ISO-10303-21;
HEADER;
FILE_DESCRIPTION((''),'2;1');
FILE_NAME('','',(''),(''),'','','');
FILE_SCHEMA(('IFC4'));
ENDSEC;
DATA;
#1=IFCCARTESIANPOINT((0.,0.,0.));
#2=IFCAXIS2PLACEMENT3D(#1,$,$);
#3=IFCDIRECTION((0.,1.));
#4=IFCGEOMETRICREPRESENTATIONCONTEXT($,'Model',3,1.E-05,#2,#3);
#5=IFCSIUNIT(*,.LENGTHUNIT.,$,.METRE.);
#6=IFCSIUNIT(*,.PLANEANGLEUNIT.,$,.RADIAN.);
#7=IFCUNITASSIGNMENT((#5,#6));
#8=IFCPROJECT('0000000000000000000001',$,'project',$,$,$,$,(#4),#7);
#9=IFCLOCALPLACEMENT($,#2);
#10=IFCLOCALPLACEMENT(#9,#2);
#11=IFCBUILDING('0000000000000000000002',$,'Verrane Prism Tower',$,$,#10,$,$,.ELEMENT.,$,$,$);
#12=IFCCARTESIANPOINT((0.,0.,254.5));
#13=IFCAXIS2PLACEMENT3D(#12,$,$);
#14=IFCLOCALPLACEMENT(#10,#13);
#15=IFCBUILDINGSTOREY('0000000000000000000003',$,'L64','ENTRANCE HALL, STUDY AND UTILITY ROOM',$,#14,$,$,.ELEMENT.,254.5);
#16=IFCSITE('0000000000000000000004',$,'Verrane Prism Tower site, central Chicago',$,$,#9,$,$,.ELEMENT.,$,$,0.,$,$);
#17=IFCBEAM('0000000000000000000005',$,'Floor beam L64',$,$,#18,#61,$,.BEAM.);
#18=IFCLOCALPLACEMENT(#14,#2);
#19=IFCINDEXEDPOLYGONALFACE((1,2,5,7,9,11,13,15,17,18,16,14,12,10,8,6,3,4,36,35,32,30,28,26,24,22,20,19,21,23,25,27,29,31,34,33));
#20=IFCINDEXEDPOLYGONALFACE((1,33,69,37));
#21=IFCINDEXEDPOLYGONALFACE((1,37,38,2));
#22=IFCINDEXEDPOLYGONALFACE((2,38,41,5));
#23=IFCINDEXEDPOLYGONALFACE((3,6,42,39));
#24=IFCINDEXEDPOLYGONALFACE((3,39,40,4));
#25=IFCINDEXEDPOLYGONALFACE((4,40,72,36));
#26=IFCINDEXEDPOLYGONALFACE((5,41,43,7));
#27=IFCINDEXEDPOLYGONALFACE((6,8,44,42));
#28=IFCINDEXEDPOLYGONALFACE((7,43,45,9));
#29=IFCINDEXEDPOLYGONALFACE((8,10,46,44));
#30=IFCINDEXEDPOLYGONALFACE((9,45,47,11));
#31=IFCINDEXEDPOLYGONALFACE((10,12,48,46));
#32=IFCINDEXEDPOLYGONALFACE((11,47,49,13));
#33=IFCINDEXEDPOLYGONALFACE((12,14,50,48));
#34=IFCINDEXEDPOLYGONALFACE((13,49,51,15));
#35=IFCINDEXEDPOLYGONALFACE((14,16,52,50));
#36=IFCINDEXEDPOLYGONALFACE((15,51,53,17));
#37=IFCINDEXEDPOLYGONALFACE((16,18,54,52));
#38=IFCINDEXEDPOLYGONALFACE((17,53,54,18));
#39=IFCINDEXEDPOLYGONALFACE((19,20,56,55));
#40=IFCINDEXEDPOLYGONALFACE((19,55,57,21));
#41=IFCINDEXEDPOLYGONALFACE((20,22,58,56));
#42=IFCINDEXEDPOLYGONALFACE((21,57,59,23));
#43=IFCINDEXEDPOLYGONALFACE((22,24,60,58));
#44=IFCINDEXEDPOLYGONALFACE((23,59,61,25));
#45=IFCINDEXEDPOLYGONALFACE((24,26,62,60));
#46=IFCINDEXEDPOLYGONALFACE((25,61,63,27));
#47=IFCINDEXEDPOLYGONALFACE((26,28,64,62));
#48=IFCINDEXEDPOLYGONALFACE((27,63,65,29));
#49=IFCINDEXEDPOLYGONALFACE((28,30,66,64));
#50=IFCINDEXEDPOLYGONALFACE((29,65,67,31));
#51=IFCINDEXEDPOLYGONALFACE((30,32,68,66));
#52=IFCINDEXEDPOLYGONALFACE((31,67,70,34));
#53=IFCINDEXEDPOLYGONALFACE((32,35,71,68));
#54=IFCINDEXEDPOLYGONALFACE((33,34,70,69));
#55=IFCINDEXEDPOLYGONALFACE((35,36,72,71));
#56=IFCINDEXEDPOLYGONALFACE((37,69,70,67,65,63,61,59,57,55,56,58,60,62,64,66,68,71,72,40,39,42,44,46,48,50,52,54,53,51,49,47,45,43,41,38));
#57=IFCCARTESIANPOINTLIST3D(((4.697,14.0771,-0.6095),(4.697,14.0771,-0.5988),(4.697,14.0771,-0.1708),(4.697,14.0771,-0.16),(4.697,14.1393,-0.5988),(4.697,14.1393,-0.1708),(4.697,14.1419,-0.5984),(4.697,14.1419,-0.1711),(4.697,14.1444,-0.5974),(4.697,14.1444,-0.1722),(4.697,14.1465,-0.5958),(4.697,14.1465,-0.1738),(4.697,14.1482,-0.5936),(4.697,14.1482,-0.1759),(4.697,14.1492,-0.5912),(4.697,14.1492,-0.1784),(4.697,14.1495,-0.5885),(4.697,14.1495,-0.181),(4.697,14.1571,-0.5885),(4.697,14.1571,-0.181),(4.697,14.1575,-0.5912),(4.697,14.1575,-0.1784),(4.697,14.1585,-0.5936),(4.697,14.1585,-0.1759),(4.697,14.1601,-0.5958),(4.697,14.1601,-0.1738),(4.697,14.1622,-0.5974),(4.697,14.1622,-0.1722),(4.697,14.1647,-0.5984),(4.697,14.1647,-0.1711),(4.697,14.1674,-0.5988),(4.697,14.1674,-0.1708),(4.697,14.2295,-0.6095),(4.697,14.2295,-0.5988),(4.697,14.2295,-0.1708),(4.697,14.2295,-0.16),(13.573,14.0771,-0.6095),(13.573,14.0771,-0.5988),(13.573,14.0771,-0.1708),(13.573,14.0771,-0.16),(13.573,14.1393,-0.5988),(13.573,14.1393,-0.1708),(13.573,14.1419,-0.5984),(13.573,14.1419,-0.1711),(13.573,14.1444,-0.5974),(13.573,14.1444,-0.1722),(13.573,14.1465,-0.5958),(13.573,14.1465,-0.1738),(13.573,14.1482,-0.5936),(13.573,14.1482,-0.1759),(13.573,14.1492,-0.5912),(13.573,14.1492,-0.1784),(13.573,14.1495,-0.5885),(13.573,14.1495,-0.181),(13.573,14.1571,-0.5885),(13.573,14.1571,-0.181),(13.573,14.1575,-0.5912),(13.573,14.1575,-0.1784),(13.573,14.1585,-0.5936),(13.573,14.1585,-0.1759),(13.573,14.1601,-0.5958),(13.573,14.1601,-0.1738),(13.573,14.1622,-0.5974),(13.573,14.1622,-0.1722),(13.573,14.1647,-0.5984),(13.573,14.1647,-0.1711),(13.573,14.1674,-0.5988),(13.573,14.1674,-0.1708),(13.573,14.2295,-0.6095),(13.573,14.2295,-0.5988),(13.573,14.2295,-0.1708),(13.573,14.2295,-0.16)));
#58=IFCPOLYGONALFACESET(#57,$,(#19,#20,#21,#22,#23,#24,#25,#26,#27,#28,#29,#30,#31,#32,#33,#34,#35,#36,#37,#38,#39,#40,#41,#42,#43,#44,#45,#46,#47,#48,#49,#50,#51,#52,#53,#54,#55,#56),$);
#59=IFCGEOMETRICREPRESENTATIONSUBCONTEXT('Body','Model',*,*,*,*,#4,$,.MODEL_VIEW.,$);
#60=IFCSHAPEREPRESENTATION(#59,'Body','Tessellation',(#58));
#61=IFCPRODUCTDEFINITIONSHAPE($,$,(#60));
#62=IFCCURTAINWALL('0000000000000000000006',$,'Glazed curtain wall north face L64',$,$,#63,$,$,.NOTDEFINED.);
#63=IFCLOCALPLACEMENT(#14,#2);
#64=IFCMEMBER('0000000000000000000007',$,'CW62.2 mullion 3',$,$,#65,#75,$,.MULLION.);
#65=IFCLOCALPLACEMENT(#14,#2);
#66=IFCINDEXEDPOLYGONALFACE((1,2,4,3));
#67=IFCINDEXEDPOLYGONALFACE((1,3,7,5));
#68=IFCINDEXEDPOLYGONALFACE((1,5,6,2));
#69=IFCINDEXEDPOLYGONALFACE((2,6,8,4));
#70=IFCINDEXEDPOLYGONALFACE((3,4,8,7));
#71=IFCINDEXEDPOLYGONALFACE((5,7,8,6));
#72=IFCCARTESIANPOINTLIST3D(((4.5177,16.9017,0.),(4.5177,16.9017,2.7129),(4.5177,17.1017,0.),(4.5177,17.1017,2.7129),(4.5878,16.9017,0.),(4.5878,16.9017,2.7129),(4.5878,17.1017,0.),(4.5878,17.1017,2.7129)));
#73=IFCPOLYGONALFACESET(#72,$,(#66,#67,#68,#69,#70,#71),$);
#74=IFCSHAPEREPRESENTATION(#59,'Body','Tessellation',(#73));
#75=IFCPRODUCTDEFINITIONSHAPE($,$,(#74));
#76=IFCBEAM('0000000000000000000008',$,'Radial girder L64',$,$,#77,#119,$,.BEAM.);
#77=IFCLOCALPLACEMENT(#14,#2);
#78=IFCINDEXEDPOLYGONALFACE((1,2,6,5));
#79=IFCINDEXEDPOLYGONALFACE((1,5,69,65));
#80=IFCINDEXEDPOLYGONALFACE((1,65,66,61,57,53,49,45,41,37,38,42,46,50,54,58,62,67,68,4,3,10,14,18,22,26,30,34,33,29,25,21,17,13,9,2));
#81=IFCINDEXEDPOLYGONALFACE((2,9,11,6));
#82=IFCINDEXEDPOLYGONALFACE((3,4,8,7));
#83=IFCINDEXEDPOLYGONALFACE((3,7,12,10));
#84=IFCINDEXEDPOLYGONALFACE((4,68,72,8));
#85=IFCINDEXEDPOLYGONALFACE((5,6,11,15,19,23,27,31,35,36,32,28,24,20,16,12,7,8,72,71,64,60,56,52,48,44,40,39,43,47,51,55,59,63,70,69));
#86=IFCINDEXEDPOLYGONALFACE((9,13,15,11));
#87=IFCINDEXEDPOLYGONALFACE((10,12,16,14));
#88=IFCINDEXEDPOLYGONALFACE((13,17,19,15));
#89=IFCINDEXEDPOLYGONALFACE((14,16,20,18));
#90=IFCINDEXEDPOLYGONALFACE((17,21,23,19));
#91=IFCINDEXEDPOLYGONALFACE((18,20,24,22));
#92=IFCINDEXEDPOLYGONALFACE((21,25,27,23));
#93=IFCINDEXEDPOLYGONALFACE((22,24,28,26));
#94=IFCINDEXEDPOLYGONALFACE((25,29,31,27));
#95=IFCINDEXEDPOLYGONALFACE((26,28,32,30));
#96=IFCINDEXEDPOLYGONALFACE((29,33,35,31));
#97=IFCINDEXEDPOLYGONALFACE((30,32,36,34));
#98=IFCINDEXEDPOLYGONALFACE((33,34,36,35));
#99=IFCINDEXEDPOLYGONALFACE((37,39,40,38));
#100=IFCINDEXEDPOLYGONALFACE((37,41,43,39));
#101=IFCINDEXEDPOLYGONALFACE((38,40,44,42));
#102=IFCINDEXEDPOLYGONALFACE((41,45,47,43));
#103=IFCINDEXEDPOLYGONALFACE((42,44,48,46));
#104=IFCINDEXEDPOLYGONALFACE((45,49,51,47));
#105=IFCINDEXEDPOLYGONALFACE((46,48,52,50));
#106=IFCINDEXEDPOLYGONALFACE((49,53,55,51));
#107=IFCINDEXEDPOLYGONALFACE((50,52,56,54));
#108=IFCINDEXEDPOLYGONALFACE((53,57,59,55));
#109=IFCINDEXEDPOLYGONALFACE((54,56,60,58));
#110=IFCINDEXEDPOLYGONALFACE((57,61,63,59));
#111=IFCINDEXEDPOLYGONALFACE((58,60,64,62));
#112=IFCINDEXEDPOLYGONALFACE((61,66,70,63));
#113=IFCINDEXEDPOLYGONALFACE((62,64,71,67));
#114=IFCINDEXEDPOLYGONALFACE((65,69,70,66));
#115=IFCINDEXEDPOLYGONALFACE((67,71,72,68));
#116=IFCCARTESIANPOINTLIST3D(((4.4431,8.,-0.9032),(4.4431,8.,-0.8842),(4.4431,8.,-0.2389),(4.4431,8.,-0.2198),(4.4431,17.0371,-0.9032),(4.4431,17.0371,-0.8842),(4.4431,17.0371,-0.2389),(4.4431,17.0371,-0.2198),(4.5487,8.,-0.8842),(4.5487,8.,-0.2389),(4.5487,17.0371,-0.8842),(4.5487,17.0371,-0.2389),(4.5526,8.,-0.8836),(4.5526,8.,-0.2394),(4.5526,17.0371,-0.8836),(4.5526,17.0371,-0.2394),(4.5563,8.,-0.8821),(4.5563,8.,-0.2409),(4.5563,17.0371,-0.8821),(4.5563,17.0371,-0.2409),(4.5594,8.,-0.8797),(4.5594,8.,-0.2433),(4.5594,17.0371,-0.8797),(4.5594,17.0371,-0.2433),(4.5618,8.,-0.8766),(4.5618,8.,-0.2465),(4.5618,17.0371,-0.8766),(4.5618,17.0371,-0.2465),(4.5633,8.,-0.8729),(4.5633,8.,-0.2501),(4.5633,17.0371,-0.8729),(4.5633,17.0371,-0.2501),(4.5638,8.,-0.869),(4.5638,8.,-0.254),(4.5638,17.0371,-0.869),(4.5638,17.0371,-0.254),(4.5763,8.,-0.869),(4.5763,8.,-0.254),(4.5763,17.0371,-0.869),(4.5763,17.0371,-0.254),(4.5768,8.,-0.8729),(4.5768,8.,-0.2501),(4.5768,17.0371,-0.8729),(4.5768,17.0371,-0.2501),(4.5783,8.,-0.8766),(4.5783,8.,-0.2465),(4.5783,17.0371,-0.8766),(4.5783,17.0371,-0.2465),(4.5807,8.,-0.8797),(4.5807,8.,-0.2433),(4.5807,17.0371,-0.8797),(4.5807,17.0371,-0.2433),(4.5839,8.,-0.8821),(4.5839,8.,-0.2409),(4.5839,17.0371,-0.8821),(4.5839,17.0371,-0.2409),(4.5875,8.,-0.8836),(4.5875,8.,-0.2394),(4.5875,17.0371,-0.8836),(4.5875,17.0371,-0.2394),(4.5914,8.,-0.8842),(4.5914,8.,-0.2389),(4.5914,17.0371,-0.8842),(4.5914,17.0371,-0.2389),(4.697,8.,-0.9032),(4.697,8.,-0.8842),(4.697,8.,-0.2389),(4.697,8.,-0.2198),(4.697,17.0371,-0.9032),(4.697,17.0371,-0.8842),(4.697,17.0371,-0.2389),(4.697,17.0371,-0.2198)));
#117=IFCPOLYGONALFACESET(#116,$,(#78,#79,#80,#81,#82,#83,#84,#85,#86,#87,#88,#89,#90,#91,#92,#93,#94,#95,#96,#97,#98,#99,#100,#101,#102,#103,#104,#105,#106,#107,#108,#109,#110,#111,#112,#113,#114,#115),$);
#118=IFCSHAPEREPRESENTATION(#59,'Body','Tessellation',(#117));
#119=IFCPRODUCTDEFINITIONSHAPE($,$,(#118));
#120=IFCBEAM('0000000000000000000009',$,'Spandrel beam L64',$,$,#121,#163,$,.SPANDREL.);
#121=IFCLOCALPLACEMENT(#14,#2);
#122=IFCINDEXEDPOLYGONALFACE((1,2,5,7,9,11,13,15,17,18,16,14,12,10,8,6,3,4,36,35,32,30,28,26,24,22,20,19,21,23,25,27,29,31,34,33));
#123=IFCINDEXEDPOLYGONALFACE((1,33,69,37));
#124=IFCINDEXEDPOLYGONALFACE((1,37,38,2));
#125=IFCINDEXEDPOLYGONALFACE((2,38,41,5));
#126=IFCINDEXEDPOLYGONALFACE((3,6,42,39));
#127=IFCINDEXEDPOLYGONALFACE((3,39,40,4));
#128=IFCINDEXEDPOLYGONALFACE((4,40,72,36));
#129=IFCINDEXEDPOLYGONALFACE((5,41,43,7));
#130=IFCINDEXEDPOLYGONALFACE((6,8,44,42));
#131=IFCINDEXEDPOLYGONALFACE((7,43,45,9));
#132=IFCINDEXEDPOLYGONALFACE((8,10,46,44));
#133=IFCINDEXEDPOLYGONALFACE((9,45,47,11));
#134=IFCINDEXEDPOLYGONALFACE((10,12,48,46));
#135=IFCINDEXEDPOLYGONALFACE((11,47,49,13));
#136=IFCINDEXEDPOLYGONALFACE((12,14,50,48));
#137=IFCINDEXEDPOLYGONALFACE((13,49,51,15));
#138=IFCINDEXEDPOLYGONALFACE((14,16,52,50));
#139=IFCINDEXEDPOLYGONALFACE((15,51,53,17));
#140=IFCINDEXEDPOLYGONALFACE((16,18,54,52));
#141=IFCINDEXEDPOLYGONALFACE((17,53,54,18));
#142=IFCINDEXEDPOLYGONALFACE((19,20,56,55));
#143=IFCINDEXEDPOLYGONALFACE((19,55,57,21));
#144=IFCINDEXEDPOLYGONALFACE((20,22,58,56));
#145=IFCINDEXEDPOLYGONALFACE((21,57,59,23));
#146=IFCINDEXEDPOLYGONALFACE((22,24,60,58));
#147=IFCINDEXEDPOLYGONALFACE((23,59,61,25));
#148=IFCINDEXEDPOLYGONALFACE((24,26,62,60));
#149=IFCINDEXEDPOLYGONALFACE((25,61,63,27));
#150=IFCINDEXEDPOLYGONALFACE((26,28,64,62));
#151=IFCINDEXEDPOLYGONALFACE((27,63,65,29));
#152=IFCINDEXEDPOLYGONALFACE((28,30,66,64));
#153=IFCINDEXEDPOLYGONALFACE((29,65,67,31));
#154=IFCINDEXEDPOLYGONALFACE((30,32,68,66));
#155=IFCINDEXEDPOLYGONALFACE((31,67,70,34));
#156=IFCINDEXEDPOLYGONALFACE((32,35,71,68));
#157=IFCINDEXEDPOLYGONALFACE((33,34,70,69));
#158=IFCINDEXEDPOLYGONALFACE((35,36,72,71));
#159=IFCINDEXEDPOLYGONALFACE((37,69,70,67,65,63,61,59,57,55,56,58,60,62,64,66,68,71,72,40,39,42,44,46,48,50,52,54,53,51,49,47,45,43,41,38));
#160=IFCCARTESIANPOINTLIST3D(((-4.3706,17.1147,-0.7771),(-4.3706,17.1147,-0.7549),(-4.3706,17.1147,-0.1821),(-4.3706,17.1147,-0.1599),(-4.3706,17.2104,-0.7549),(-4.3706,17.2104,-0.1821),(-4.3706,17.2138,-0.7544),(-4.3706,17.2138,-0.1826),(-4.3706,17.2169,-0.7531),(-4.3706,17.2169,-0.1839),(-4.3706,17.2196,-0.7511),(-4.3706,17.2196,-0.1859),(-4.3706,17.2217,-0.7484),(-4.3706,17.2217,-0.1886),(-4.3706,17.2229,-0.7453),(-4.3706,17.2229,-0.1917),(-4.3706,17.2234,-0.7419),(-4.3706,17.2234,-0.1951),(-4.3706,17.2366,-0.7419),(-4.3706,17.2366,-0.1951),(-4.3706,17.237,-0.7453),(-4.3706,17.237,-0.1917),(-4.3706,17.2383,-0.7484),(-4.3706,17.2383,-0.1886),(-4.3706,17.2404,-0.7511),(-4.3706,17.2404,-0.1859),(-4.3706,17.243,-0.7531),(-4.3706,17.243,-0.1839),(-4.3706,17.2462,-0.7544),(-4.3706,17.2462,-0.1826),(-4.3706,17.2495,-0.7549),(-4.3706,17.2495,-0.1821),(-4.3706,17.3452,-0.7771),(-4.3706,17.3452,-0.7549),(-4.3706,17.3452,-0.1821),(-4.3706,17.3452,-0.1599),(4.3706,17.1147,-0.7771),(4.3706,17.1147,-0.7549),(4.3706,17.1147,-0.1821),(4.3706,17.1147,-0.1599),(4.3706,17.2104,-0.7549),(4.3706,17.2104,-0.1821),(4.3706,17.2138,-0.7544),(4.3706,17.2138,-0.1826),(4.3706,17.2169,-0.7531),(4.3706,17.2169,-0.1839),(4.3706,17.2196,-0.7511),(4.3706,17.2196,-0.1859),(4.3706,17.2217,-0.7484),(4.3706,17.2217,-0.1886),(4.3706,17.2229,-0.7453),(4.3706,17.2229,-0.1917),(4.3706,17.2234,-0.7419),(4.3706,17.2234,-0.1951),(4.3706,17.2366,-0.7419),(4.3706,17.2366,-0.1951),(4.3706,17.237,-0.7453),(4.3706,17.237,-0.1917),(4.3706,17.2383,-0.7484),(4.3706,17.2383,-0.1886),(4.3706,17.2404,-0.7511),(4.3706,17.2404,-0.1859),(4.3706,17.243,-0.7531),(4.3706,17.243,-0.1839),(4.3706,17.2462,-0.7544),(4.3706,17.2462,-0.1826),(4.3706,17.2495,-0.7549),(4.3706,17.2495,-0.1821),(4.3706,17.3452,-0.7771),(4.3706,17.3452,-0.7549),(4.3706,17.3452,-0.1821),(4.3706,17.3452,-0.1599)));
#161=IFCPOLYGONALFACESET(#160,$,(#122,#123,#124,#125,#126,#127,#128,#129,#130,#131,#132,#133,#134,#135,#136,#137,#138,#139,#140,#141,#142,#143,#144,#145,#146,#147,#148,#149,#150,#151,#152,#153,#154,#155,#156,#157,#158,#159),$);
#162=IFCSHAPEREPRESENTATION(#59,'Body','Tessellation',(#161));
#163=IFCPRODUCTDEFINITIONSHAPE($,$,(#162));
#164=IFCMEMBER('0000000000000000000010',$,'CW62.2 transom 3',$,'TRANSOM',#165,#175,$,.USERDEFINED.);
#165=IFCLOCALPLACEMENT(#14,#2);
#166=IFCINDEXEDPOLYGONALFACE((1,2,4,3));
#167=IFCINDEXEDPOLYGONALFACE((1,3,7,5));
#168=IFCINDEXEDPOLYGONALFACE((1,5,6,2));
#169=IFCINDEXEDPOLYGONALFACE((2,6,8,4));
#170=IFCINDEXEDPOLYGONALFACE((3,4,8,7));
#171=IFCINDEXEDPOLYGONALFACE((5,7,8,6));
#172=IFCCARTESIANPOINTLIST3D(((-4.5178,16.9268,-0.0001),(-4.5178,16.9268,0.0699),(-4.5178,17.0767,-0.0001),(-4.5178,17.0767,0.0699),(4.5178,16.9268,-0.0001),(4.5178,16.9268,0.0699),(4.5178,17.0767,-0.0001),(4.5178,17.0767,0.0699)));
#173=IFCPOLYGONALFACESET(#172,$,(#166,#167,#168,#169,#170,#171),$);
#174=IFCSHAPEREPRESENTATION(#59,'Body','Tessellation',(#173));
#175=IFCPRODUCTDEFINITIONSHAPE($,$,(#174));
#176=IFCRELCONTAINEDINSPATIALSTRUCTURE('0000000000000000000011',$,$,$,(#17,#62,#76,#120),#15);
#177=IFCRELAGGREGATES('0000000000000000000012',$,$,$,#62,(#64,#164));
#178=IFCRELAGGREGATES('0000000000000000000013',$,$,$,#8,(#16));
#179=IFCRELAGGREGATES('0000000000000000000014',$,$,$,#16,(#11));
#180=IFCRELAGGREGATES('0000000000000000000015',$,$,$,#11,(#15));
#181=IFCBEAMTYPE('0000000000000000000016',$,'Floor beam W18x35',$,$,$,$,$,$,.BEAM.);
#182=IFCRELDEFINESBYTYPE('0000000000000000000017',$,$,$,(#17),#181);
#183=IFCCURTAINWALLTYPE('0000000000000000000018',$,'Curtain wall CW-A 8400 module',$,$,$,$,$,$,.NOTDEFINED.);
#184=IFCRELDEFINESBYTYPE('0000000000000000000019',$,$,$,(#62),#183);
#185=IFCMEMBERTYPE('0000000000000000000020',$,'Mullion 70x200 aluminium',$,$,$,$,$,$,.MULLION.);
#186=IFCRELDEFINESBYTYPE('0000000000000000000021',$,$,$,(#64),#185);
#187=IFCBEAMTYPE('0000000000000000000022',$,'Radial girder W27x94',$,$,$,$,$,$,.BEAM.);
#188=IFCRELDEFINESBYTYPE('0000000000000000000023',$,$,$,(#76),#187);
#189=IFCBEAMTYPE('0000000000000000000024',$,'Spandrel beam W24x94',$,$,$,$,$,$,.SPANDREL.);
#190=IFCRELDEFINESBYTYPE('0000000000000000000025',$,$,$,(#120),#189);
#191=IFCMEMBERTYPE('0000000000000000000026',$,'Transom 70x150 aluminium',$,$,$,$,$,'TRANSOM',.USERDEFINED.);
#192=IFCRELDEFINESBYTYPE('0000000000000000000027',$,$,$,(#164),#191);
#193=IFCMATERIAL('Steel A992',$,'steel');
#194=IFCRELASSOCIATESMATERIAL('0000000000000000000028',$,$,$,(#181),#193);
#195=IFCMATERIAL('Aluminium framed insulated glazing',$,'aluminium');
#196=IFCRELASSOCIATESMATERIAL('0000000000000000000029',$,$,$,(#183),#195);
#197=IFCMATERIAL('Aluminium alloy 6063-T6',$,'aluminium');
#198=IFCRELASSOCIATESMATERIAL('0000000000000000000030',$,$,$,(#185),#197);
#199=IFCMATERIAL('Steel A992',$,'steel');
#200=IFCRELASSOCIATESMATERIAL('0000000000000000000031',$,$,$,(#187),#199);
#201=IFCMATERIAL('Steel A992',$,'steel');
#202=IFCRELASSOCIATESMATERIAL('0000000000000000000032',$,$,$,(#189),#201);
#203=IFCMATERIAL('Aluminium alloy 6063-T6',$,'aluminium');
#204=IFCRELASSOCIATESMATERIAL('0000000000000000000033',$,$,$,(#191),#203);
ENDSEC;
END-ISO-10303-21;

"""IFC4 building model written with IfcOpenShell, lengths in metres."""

from ifc_helpers import new_model, si_unit, direction, frame, origin, origin_2d, place, context, subcontext, project, spatial, rectangle, i_section, extrude, material, material_profile, profile_set, type_object, element, aggregate, save


model = new_model("IFC4")

# Units and contexts
model_context = context("Model", 3, precision=1e-05, world=origin(), true_north=direction((0.0, 1.0)))
body_context = subcontext(model_context, "Body", "Model", "MODEL_VIEW")
ifc_project = project(units=[si_unit("LENGTHUNIT", "METRE"), si_unit("PLANEANGLEUNIT", "RADIAN")], contexts=[model_context])

# Site, building, storey
site_placement = place(None, origin())
site = spatial("IfcSite", under=ifc_project, at=site_placement, Name="Verrane Prism Tower site, central Chicago", CompositionType="ELEMENT", RefElevation=0.0)
building_placement = place(site_placement, origin())
building = spatial("IfcBuilding", under=site, at=building_placement, Name="Verrane Prism Tower", CompositionType="ELEMENT")
storey_placement = place(building_placement, frame((0.0, 0.0, 254.5)))
storey = spatial("IfcBuildingStorey", under=building, at=storey_placement, Name="L64", Description="ENTRANCE HALL, STUDY AND UTILITY ROOM", CompositionType="ELEMENT", Elevation=254.5)

# Beam
ifc_material_1 = material(Name="Steel A992", Category="steel")
ifc_material_profile_1 = material_profile(ifc_material_1, i_section(OverallWidth=0.1523, OverallDepth=0.4495, WebThickness=0.0076, FlangeThickness=0.0107, FilletRadius=0.0103, at=origin_2d()), Name="W18x35")
ifc_profile_set_1 = profile_set([ifc_material_profile_1], Name="Steel A992")
beam_type_1 = type_object("IfcBeamType", Name="Floor beam W18x35", PredefinedType="BEAM", material=ifc_profile_set_1)
for number, where, z_axis, x_axis, name in (
    (1, (4.697, 14.1533, -0.3848), (1.0, 0.0, 0.0), (0.0, 1.0, 0.0), "Floor beam L64"),
):
    element("IfcBeam", number, at=place(storey_placement, frame(where, z_axis=z_axis, x_axis=x_axis)), inside=storey, type_object=beam_type_1, Name=name, PredefinedType="BEAM", context=body_context, shape_type="SweptSolid", body=[
        extrude(i_section(OverallWidth=0.1523, OverallDepth=0.4495, WebThickness=0.0076, FlangeThickness=0.0107, FilletRadius=0.0103, at=origin_2d()), origin(), (0.0, 0.0, 1.0), 8.876),
    ])

# Curtain wall, member
ifc_material_2 = material(Name="Aluminium framed insulated glazing", Category="aluminium")
curtain_wall_type = type_object("IfcCurtainWallType", Name="Curtain wall CW-A 8400 module", PredefinedType="NOTDEFINED", material=ifc_material_2)
curtain_wall_placement = place(storey_placement, origin())
curtain_wall = element("IfcCurtainWall", 2, at=curtain_wall_placement, inside=storey, type_object=curtain_wall_type, Name="Glazed curtain wall north face L64", PredefinedType="NOTDEFINED")
ifc_material_3 = material(Name="Aluminium alloy 6063-T6", Category="aluminium")
ifc_material_profile_2 = material_profile(ifc_material_3, rectangle(XDim=0.2, YDim=0.0701, at=origin_2d()), Name="Mullion 70x200 aluminium")
ifc_profile_set_2 = profile_set([ifc_material_profile_2], Name="Aluminium alloy 6063-T6")
member_type_1 = type_object("IfcMemberType", Name="Mullion 70x200 aluminium", PredefinedType="MULLION", material=ifc_profile_set_2)
member_1_placement = place(storey_placement, frame((4.5527, 17.0017, 0.0), z_axis=(0.0, 0.0, 1.0), x_axis=(0.0, -1.0, 0.0)))
member_1 = element("IfcMember", 3, at=member_1_placement, type_object=member_type_1, Name="CW62.2 mullion 3", PredefinedType="MULLION", context=body_context, shape_type="SweptSolid", body=[
    extrude(rectangle(XDim=0.2, YDim=0.0701, at=origin_2d()), origin(), (0.0, 0.0, 1.0), 2.7129),
])

# Beams
ifc_material_4 = material(Name="Steel A992", Category="steel")
ifc_material_profile_3 = material_profile(ifc_material_4, i_section(OverallWidth=0.2539, OverallDepth=0.6833, WebThickness=0.0125, FlangeThickness=0.019, FilletRadius=0.0151, at=origin_2d()), Name="W27x94")
ifc_profile_set_3 = profile_set([ifc_material_profile_3], Name="Steel A992")
beam_type_2 = type_object("IfcBeamType", Name="Radial girder W27x94", PredefinedType="BEAM", material=ifc_profile_set_3)
beam_1_placement = place(storey_placement, frame((4.5701, 17.0371, -0.5615), z_axis=(0.0, -1.0, 0.0), x_axis=(1.0, 0.0, 0.0)))
element("IfcBeam", 4, at=beam_1_placement, inside=storey, type_object=beam_type_2, Name="Radial girder L64", PredefinedType="BEAM", context=body_context, shape_type="SweptSolid", body=[
    extrude(i_section(OverallWidth=0.2539, OverallDepth=0.6833, WebThickness=0.0125, FlangeThickness=0.019, FilletRadius=0.0151, at=origin_2d()), origin(), (0.0, 0.0, 1.0), 9.0371),
])
ifc_material_5 = material(Name="Steel A992", Category="steel")
ifc_material_profile_4 = material_profile(ifc_material_5, i_section(OverallWidth=0.2305, OverallDepth=0.6172, WebThickness=0.0132, FlangeThickness=0.0222, FilletRadius=0.0129, at=origin_2d()), Name="W24x94")
ifc_profile_set_4 = profile_set([ifc_material_profile_4], Name="Steel A992")
beam_type_3 = type_object("IfcBeamType", Name="Spandrel beam W24x94", PredefinedType="SPANDREL", material=ifc_profile_set_4)
beam_2_placement = place(storey_placement, frame((4.3706, 17.23, -0.4685), z_axis=(-1.0, 0.0, 0.0), x_axis=(0.0, -1.0, 0.0)))
element("IfcBeam", 5, at=beam_2_placement, inside=storey, type_object=beam_type_3, Name="Spandrel beam L64", PredefinedType="SPANDREL", context=body_context, shape_type="SweptSolid", body=[
    extrude(i_section(OverallWidth=0.2305, OverallDepth=0.6172, WebThickness=0.0132, FlangeThickness=0.0222, FilletRadius=0.0129, at=origin_2d()), origin(), (0.0, 0.0, 1.0), 8.7412),
])

# Member
ifc_material_6 = material(Name="Aluminium alloy 6063-T6", Category="aluminium")
ifc_material_profile_5 = material_profile(ifc_material_6, rectangle(XDim=0.1499, YDim=0.0701, at=origin_2d()), Name="Transom 70x150 aluminium")
ifc_profile_set_5 = profile_set([ifc_material_profile_5], Name="Aluminium alloy 6063-T6")
member_type_2 = type_object("IfcMemberType", Name="Transom 70x150 aluminium", ElementType="TRANSOM", PredefinedType="USERDEFINED", material=ifc_profile_set_5)
member_2_placement = place(storey_placement, frame((4.5178, 17.0017, 0.0349), z_axis=(-1.0, 0.0, 0.0), x_axis=(0.0, -1.0, 0.0)))
member_2 = element("IfcMember", 6, at=member_2_placement, type_object=member_type_2, Name="CW62.2 transom 3", ObjectType="TRANSOM", PredefinedType="USERDEFINED", context=body_context, shape_type="SweptSolid", body=[
    extrude(rectangle(XDim=0.1499, YDim=0.0701, at=origin_2d()), origin(), (0.0, 0.0, 1.0), 9.0356),
])

aggregate(curtain_wall, [member_1, member_2])

save(model, "model.ifc")
